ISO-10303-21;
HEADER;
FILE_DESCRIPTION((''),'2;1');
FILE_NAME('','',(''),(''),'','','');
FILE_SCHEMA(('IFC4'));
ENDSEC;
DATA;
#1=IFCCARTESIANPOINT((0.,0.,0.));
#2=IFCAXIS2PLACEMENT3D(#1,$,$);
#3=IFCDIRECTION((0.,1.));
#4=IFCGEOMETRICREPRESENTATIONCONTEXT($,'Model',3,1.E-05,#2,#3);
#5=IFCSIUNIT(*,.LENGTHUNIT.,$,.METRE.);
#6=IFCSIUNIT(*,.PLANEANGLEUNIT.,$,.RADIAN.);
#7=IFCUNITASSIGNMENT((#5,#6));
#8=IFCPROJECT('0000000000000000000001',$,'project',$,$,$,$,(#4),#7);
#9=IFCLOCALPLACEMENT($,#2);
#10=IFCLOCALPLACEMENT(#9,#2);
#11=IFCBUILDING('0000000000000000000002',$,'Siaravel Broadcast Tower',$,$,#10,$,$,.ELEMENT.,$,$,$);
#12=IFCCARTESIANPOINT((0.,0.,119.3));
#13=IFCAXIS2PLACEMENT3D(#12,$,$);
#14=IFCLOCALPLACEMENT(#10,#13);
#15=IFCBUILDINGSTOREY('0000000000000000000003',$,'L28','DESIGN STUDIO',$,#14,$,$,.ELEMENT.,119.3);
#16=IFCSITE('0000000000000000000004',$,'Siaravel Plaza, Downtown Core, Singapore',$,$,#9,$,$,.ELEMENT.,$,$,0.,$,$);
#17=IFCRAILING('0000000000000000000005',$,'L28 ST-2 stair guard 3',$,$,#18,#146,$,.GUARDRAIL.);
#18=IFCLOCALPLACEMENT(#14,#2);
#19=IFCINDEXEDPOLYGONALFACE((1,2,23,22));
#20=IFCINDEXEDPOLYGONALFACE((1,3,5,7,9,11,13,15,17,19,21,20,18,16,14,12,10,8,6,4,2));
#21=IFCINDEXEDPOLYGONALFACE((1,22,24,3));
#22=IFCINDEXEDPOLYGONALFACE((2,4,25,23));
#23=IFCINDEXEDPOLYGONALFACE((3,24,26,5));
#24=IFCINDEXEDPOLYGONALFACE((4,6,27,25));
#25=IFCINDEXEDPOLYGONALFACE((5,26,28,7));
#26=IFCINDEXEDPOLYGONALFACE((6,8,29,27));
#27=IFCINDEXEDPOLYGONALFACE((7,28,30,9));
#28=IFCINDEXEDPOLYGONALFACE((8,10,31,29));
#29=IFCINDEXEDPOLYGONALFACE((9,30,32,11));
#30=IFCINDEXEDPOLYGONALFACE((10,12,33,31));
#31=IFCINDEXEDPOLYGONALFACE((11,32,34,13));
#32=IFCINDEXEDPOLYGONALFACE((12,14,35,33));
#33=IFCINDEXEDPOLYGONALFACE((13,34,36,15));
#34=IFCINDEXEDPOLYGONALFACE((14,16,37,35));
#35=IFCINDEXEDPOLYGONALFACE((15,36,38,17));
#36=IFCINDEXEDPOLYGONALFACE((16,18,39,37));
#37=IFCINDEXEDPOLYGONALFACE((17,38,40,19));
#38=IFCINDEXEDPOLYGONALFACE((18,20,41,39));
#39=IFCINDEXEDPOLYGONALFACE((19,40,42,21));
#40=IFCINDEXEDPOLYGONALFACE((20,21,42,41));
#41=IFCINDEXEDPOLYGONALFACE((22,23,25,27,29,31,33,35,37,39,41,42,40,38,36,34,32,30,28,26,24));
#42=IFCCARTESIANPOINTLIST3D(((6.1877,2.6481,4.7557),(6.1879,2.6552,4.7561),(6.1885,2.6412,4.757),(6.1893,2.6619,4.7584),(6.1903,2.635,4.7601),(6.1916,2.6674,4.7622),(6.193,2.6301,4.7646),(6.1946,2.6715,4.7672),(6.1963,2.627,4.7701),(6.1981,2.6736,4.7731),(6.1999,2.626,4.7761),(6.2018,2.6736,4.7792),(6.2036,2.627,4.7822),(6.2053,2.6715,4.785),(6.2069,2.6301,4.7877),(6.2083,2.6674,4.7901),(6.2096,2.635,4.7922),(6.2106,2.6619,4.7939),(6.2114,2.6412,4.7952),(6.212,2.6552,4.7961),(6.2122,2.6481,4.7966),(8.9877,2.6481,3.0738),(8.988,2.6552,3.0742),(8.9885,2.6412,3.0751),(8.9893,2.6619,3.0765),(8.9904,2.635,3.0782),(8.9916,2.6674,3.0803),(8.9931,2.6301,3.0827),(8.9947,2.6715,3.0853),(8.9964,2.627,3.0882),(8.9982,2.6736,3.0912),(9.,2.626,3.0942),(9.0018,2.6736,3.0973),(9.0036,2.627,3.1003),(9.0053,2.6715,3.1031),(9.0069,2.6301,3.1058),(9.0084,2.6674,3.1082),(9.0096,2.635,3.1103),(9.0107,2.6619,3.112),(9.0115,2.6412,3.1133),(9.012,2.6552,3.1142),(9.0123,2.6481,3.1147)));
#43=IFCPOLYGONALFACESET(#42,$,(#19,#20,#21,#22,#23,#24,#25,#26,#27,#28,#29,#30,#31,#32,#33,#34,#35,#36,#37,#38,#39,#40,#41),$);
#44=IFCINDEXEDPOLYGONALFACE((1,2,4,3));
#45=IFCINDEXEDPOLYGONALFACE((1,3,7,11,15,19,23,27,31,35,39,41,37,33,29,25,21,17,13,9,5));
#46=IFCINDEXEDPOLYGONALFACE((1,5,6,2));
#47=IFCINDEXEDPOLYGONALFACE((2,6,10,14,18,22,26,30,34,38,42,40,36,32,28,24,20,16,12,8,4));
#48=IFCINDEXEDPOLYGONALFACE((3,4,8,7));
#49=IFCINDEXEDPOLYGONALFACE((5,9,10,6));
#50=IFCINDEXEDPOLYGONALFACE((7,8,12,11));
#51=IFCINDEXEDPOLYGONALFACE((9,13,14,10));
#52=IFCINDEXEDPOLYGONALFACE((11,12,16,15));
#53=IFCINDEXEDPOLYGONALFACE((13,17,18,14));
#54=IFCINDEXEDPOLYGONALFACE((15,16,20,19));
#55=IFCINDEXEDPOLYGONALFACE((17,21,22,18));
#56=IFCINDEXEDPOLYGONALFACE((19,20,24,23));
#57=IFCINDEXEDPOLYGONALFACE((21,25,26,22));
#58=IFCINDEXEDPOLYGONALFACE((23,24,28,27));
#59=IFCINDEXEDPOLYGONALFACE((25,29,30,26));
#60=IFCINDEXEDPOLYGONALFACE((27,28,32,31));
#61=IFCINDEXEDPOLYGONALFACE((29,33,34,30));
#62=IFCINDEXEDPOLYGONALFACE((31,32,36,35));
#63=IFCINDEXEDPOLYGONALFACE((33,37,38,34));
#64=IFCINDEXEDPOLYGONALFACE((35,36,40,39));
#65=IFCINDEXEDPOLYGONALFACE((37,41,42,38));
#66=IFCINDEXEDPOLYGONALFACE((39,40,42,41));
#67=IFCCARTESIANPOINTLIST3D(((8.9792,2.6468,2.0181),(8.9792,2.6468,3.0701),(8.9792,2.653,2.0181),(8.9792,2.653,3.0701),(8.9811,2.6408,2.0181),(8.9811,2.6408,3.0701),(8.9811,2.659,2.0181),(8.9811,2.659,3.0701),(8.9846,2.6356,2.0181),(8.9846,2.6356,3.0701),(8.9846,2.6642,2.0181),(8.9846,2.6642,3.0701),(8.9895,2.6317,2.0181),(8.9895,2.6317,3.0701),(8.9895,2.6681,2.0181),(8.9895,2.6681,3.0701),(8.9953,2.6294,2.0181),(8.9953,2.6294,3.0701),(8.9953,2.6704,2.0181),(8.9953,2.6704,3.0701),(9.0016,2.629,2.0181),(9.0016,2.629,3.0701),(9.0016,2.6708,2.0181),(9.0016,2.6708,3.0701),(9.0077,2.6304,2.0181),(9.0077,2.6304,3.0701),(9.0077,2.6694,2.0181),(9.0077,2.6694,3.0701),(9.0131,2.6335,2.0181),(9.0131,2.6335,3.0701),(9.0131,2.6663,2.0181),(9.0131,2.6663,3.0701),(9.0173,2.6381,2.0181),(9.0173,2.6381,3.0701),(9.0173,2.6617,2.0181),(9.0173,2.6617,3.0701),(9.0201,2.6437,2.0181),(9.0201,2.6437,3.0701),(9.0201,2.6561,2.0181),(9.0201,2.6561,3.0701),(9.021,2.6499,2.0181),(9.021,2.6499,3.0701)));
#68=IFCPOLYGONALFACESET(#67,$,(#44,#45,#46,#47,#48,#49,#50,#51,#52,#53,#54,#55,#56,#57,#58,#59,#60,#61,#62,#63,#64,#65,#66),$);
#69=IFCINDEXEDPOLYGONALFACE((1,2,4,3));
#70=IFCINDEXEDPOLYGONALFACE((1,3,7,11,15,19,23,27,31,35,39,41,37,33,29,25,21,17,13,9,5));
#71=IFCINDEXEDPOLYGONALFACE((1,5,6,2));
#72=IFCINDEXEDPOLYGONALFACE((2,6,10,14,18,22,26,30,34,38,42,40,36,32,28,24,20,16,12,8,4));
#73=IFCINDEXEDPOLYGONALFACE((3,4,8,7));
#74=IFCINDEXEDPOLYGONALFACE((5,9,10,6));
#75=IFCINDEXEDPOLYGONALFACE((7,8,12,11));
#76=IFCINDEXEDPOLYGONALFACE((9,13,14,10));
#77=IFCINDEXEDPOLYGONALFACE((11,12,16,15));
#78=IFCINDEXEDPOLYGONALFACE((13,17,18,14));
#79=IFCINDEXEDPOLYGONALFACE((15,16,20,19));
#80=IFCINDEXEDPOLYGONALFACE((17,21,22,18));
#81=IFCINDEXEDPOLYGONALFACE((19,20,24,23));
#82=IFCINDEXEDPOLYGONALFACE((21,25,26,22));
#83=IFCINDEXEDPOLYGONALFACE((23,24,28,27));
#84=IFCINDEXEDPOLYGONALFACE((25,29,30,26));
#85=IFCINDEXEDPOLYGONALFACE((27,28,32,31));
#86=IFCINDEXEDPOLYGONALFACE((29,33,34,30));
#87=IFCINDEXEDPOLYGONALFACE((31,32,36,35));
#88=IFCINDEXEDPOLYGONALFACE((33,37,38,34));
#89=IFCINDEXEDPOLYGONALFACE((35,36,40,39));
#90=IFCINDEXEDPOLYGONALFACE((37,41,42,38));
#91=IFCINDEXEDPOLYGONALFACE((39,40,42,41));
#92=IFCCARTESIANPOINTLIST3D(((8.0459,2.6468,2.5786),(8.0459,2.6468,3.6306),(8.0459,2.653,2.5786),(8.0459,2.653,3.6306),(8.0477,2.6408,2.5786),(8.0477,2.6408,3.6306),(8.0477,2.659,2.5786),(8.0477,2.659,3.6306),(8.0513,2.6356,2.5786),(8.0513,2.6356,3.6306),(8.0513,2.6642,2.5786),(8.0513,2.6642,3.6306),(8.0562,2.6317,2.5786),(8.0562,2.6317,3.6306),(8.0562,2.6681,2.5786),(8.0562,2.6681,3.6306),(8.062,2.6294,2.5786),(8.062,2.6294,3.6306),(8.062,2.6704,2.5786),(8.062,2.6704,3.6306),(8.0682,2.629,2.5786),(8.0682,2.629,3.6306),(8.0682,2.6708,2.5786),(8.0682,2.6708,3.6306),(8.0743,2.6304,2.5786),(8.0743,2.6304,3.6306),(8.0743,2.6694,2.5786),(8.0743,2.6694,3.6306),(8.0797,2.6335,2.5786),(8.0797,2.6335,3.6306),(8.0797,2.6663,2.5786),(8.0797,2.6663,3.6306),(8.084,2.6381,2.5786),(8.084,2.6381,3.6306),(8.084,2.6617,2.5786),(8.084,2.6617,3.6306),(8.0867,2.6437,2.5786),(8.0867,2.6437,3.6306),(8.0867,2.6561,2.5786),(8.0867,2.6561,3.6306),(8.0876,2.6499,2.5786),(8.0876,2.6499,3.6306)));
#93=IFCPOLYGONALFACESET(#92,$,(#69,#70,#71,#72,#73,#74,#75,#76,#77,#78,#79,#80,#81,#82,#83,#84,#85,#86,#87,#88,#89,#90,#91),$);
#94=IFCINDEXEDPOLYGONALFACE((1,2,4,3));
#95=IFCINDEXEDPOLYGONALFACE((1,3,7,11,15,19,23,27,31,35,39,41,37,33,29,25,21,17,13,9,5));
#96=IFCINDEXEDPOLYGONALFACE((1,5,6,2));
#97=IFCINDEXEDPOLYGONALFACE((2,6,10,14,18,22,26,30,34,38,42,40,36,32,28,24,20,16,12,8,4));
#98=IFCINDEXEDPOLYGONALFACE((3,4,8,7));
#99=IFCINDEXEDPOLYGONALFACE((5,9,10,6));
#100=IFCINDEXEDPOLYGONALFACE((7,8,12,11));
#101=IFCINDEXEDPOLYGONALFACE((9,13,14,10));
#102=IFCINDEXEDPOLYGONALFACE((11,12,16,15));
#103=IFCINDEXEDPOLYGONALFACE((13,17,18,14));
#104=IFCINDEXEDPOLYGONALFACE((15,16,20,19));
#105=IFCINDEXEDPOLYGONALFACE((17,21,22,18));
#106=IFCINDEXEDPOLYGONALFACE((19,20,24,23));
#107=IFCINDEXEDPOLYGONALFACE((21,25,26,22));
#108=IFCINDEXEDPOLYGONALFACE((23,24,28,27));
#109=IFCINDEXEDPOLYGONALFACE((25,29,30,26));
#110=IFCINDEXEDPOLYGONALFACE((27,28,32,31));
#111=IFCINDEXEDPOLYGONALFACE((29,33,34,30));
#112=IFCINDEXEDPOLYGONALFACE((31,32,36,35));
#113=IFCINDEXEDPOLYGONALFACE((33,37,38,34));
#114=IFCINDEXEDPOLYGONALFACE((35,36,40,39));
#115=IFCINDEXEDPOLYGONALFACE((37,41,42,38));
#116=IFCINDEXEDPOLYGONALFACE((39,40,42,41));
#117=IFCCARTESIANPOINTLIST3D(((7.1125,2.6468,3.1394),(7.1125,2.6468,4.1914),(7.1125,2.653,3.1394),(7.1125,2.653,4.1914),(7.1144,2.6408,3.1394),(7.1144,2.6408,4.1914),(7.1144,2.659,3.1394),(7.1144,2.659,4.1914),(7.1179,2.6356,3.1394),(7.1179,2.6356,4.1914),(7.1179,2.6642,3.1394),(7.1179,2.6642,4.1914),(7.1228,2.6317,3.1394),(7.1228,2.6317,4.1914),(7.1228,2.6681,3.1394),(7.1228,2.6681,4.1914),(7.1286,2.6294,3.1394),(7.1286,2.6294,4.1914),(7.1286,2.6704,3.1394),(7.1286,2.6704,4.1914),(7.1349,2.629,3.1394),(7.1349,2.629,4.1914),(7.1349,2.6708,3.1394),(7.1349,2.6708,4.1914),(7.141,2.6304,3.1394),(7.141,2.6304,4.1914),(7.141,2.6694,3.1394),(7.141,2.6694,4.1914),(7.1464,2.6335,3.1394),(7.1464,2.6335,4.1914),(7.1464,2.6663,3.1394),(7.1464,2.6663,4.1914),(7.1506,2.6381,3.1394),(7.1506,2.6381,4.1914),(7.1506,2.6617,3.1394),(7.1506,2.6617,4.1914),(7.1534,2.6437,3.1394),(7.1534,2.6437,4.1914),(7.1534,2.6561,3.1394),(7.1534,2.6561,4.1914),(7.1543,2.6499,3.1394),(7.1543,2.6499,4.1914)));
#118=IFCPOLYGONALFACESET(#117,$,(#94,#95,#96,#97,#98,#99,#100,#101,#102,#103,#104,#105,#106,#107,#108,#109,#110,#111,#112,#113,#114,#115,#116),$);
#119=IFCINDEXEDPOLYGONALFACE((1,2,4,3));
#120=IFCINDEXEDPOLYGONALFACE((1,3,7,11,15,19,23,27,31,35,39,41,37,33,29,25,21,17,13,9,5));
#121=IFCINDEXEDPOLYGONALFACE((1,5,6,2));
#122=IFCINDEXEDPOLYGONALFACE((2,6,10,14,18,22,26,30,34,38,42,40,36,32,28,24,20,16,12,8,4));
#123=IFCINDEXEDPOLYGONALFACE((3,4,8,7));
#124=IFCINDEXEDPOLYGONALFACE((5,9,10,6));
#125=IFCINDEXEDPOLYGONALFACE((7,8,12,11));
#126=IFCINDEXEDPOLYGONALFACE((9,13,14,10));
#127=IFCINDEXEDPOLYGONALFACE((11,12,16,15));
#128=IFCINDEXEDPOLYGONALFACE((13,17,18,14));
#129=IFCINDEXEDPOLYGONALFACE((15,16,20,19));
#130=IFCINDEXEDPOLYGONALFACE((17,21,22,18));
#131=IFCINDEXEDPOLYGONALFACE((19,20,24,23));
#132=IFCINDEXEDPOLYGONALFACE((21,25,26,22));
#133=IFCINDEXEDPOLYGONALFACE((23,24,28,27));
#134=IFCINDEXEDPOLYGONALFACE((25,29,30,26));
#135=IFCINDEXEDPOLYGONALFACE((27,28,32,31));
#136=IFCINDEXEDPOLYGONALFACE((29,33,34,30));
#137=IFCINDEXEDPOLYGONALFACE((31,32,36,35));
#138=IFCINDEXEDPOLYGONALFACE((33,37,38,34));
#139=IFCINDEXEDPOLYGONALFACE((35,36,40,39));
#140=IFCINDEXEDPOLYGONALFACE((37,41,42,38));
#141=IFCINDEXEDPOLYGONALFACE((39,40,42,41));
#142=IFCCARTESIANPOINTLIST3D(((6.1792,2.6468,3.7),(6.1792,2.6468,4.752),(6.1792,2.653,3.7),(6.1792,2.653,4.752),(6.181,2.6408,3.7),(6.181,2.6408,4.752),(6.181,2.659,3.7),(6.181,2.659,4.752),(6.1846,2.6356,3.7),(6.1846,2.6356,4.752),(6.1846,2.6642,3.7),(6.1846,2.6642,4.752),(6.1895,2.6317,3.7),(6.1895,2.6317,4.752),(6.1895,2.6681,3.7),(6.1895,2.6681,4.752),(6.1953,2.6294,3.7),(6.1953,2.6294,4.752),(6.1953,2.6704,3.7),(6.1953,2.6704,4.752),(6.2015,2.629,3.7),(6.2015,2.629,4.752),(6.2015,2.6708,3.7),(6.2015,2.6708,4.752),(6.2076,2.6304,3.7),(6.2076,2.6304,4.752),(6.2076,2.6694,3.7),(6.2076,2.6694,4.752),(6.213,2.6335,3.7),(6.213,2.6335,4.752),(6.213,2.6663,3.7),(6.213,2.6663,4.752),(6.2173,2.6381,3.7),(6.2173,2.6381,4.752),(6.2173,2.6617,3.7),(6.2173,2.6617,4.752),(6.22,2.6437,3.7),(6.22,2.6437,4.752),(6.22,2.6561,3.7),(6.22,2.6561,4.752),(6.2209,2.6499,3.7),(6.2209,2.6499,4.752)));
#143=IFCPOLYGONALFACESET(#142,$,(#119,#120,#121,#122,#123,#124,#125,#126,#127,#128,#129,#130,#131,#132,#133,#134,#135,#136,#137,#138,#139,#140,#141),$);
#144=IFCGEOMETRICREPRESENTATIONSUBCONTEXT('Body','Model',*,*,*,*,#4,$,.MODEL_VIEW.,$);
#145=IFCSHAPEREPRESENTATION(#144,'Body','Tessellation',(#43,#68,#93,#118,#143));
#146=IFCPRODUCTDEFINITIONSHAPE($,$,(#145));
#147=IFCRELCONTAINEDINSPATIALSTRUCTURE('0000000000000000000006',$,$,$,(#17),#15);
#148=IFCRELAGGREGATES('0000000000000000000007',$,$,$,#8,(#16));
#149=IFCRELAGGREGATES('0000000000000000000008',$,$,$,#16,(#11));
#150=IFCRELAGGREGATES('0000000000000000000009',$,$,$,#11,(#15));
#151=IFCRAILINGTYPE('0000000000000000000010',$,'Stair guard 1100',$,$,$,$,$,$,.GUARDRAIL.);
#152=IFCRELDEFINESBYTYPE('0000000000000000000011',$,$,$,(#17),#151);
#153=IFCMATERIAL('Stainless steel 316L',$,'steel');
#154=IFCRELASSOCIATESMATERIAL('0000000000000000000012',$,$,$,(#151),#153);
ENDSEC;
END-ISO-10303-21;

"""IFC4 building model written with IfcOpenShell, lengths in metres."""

from ifc_helpers import new_model, si_unit, direction, frame, origin, origin_2d, place, context, subcontext, project, spatial, circle, extrude, material, type_object, element, save


model = new_model("IFC4")

# Units and contexts
model_context = context("Model", 3, precision=1e-05, world=origin(), true_north=direction((0.0, 1.0)))
body_context = subcontext(model_context, "Body", "Model", "MODEL_VIEW")
ifc_project = project(units=[si_unit("LENGTHUNIT", "METRE"), si_unit("PLANEANGLEUNIT", "RADIAN")], contexts=[model_context])

# Site, building, storey
site_placement = place(None, origin())
site = spatial("IfcSite", under=ifc_project, at=site_placement, Name="Siaravel Plaza, Downtown Core, Singapore", CompositionType="ELEMENT", RefElevation=0.0)
building_placement = place(site_placement, origin())
building = spatial("IfcBuilding", under=site, at=building_placement, Name="Siaravel Broadcast Tower", CompositionType="ELEMENT")
storey_placement = place(building_placement, frame((0.0, 0.0, 119.3)))
storey = spatial("IfcBuildingStorey", under=building, at=storey_placement, Name="L28", Description="DESIGN STUDIO", CompositionType="ELEMENT", Elevation=119.3)

# Railing
ifc_material_1 = material(Name="Stainless steel 316L", Category="steel")
railing_type_1 = type_object("IfcRailingType", Name="Stair guard 1100", PredefinedType="GUARDRAIL", material=ifc_material_1)
railing_1_placement = place(storey_placement, frame((9.0, 2.6499, 2.0181)))
element("IfcRailing", 1, at=railing_1_placement, inside=storey, type_object=railing_type_1, Name="L28 ST-2 stair guard 3", PredefinedType="GUARDRAIL", context=body_context, shape_type="SweptSolid", body=[
    extrude(circle(Radius=0.0239, at=origin_2d()), frame((0.0, 0.0, 1.0762), z_axis=(-0.857242, 0.0, 0.514913), x_axis=(0.0, -1.0, 0.0)), (0.0, 0.0, 1.0), 3.2664),
    extrude(circle(Radius=0.021, at=origin_2d()), origin(), (0.0, 0.0, 1.0), 1.052),
    extrude(circle(Radius=0.021, at=origin_2d()), frame((-0.9333, 0.0, 0.5605)), (0.0, 0.0, 1.0), 1.052),
    extrude(circle(Radius=0.021, at=origin_2d()), frame((-1.8667, 0.0, 1.1213)), (0.0, 0.0, 1.0), 1.052),
    extrude(circle(Radius=0.021, at=origin_2d()), frame((-2.8, 0.0, 1.6819)), (0.0, 0.0, 1.0), 1.052),
])

save(model, "model.ifc")
